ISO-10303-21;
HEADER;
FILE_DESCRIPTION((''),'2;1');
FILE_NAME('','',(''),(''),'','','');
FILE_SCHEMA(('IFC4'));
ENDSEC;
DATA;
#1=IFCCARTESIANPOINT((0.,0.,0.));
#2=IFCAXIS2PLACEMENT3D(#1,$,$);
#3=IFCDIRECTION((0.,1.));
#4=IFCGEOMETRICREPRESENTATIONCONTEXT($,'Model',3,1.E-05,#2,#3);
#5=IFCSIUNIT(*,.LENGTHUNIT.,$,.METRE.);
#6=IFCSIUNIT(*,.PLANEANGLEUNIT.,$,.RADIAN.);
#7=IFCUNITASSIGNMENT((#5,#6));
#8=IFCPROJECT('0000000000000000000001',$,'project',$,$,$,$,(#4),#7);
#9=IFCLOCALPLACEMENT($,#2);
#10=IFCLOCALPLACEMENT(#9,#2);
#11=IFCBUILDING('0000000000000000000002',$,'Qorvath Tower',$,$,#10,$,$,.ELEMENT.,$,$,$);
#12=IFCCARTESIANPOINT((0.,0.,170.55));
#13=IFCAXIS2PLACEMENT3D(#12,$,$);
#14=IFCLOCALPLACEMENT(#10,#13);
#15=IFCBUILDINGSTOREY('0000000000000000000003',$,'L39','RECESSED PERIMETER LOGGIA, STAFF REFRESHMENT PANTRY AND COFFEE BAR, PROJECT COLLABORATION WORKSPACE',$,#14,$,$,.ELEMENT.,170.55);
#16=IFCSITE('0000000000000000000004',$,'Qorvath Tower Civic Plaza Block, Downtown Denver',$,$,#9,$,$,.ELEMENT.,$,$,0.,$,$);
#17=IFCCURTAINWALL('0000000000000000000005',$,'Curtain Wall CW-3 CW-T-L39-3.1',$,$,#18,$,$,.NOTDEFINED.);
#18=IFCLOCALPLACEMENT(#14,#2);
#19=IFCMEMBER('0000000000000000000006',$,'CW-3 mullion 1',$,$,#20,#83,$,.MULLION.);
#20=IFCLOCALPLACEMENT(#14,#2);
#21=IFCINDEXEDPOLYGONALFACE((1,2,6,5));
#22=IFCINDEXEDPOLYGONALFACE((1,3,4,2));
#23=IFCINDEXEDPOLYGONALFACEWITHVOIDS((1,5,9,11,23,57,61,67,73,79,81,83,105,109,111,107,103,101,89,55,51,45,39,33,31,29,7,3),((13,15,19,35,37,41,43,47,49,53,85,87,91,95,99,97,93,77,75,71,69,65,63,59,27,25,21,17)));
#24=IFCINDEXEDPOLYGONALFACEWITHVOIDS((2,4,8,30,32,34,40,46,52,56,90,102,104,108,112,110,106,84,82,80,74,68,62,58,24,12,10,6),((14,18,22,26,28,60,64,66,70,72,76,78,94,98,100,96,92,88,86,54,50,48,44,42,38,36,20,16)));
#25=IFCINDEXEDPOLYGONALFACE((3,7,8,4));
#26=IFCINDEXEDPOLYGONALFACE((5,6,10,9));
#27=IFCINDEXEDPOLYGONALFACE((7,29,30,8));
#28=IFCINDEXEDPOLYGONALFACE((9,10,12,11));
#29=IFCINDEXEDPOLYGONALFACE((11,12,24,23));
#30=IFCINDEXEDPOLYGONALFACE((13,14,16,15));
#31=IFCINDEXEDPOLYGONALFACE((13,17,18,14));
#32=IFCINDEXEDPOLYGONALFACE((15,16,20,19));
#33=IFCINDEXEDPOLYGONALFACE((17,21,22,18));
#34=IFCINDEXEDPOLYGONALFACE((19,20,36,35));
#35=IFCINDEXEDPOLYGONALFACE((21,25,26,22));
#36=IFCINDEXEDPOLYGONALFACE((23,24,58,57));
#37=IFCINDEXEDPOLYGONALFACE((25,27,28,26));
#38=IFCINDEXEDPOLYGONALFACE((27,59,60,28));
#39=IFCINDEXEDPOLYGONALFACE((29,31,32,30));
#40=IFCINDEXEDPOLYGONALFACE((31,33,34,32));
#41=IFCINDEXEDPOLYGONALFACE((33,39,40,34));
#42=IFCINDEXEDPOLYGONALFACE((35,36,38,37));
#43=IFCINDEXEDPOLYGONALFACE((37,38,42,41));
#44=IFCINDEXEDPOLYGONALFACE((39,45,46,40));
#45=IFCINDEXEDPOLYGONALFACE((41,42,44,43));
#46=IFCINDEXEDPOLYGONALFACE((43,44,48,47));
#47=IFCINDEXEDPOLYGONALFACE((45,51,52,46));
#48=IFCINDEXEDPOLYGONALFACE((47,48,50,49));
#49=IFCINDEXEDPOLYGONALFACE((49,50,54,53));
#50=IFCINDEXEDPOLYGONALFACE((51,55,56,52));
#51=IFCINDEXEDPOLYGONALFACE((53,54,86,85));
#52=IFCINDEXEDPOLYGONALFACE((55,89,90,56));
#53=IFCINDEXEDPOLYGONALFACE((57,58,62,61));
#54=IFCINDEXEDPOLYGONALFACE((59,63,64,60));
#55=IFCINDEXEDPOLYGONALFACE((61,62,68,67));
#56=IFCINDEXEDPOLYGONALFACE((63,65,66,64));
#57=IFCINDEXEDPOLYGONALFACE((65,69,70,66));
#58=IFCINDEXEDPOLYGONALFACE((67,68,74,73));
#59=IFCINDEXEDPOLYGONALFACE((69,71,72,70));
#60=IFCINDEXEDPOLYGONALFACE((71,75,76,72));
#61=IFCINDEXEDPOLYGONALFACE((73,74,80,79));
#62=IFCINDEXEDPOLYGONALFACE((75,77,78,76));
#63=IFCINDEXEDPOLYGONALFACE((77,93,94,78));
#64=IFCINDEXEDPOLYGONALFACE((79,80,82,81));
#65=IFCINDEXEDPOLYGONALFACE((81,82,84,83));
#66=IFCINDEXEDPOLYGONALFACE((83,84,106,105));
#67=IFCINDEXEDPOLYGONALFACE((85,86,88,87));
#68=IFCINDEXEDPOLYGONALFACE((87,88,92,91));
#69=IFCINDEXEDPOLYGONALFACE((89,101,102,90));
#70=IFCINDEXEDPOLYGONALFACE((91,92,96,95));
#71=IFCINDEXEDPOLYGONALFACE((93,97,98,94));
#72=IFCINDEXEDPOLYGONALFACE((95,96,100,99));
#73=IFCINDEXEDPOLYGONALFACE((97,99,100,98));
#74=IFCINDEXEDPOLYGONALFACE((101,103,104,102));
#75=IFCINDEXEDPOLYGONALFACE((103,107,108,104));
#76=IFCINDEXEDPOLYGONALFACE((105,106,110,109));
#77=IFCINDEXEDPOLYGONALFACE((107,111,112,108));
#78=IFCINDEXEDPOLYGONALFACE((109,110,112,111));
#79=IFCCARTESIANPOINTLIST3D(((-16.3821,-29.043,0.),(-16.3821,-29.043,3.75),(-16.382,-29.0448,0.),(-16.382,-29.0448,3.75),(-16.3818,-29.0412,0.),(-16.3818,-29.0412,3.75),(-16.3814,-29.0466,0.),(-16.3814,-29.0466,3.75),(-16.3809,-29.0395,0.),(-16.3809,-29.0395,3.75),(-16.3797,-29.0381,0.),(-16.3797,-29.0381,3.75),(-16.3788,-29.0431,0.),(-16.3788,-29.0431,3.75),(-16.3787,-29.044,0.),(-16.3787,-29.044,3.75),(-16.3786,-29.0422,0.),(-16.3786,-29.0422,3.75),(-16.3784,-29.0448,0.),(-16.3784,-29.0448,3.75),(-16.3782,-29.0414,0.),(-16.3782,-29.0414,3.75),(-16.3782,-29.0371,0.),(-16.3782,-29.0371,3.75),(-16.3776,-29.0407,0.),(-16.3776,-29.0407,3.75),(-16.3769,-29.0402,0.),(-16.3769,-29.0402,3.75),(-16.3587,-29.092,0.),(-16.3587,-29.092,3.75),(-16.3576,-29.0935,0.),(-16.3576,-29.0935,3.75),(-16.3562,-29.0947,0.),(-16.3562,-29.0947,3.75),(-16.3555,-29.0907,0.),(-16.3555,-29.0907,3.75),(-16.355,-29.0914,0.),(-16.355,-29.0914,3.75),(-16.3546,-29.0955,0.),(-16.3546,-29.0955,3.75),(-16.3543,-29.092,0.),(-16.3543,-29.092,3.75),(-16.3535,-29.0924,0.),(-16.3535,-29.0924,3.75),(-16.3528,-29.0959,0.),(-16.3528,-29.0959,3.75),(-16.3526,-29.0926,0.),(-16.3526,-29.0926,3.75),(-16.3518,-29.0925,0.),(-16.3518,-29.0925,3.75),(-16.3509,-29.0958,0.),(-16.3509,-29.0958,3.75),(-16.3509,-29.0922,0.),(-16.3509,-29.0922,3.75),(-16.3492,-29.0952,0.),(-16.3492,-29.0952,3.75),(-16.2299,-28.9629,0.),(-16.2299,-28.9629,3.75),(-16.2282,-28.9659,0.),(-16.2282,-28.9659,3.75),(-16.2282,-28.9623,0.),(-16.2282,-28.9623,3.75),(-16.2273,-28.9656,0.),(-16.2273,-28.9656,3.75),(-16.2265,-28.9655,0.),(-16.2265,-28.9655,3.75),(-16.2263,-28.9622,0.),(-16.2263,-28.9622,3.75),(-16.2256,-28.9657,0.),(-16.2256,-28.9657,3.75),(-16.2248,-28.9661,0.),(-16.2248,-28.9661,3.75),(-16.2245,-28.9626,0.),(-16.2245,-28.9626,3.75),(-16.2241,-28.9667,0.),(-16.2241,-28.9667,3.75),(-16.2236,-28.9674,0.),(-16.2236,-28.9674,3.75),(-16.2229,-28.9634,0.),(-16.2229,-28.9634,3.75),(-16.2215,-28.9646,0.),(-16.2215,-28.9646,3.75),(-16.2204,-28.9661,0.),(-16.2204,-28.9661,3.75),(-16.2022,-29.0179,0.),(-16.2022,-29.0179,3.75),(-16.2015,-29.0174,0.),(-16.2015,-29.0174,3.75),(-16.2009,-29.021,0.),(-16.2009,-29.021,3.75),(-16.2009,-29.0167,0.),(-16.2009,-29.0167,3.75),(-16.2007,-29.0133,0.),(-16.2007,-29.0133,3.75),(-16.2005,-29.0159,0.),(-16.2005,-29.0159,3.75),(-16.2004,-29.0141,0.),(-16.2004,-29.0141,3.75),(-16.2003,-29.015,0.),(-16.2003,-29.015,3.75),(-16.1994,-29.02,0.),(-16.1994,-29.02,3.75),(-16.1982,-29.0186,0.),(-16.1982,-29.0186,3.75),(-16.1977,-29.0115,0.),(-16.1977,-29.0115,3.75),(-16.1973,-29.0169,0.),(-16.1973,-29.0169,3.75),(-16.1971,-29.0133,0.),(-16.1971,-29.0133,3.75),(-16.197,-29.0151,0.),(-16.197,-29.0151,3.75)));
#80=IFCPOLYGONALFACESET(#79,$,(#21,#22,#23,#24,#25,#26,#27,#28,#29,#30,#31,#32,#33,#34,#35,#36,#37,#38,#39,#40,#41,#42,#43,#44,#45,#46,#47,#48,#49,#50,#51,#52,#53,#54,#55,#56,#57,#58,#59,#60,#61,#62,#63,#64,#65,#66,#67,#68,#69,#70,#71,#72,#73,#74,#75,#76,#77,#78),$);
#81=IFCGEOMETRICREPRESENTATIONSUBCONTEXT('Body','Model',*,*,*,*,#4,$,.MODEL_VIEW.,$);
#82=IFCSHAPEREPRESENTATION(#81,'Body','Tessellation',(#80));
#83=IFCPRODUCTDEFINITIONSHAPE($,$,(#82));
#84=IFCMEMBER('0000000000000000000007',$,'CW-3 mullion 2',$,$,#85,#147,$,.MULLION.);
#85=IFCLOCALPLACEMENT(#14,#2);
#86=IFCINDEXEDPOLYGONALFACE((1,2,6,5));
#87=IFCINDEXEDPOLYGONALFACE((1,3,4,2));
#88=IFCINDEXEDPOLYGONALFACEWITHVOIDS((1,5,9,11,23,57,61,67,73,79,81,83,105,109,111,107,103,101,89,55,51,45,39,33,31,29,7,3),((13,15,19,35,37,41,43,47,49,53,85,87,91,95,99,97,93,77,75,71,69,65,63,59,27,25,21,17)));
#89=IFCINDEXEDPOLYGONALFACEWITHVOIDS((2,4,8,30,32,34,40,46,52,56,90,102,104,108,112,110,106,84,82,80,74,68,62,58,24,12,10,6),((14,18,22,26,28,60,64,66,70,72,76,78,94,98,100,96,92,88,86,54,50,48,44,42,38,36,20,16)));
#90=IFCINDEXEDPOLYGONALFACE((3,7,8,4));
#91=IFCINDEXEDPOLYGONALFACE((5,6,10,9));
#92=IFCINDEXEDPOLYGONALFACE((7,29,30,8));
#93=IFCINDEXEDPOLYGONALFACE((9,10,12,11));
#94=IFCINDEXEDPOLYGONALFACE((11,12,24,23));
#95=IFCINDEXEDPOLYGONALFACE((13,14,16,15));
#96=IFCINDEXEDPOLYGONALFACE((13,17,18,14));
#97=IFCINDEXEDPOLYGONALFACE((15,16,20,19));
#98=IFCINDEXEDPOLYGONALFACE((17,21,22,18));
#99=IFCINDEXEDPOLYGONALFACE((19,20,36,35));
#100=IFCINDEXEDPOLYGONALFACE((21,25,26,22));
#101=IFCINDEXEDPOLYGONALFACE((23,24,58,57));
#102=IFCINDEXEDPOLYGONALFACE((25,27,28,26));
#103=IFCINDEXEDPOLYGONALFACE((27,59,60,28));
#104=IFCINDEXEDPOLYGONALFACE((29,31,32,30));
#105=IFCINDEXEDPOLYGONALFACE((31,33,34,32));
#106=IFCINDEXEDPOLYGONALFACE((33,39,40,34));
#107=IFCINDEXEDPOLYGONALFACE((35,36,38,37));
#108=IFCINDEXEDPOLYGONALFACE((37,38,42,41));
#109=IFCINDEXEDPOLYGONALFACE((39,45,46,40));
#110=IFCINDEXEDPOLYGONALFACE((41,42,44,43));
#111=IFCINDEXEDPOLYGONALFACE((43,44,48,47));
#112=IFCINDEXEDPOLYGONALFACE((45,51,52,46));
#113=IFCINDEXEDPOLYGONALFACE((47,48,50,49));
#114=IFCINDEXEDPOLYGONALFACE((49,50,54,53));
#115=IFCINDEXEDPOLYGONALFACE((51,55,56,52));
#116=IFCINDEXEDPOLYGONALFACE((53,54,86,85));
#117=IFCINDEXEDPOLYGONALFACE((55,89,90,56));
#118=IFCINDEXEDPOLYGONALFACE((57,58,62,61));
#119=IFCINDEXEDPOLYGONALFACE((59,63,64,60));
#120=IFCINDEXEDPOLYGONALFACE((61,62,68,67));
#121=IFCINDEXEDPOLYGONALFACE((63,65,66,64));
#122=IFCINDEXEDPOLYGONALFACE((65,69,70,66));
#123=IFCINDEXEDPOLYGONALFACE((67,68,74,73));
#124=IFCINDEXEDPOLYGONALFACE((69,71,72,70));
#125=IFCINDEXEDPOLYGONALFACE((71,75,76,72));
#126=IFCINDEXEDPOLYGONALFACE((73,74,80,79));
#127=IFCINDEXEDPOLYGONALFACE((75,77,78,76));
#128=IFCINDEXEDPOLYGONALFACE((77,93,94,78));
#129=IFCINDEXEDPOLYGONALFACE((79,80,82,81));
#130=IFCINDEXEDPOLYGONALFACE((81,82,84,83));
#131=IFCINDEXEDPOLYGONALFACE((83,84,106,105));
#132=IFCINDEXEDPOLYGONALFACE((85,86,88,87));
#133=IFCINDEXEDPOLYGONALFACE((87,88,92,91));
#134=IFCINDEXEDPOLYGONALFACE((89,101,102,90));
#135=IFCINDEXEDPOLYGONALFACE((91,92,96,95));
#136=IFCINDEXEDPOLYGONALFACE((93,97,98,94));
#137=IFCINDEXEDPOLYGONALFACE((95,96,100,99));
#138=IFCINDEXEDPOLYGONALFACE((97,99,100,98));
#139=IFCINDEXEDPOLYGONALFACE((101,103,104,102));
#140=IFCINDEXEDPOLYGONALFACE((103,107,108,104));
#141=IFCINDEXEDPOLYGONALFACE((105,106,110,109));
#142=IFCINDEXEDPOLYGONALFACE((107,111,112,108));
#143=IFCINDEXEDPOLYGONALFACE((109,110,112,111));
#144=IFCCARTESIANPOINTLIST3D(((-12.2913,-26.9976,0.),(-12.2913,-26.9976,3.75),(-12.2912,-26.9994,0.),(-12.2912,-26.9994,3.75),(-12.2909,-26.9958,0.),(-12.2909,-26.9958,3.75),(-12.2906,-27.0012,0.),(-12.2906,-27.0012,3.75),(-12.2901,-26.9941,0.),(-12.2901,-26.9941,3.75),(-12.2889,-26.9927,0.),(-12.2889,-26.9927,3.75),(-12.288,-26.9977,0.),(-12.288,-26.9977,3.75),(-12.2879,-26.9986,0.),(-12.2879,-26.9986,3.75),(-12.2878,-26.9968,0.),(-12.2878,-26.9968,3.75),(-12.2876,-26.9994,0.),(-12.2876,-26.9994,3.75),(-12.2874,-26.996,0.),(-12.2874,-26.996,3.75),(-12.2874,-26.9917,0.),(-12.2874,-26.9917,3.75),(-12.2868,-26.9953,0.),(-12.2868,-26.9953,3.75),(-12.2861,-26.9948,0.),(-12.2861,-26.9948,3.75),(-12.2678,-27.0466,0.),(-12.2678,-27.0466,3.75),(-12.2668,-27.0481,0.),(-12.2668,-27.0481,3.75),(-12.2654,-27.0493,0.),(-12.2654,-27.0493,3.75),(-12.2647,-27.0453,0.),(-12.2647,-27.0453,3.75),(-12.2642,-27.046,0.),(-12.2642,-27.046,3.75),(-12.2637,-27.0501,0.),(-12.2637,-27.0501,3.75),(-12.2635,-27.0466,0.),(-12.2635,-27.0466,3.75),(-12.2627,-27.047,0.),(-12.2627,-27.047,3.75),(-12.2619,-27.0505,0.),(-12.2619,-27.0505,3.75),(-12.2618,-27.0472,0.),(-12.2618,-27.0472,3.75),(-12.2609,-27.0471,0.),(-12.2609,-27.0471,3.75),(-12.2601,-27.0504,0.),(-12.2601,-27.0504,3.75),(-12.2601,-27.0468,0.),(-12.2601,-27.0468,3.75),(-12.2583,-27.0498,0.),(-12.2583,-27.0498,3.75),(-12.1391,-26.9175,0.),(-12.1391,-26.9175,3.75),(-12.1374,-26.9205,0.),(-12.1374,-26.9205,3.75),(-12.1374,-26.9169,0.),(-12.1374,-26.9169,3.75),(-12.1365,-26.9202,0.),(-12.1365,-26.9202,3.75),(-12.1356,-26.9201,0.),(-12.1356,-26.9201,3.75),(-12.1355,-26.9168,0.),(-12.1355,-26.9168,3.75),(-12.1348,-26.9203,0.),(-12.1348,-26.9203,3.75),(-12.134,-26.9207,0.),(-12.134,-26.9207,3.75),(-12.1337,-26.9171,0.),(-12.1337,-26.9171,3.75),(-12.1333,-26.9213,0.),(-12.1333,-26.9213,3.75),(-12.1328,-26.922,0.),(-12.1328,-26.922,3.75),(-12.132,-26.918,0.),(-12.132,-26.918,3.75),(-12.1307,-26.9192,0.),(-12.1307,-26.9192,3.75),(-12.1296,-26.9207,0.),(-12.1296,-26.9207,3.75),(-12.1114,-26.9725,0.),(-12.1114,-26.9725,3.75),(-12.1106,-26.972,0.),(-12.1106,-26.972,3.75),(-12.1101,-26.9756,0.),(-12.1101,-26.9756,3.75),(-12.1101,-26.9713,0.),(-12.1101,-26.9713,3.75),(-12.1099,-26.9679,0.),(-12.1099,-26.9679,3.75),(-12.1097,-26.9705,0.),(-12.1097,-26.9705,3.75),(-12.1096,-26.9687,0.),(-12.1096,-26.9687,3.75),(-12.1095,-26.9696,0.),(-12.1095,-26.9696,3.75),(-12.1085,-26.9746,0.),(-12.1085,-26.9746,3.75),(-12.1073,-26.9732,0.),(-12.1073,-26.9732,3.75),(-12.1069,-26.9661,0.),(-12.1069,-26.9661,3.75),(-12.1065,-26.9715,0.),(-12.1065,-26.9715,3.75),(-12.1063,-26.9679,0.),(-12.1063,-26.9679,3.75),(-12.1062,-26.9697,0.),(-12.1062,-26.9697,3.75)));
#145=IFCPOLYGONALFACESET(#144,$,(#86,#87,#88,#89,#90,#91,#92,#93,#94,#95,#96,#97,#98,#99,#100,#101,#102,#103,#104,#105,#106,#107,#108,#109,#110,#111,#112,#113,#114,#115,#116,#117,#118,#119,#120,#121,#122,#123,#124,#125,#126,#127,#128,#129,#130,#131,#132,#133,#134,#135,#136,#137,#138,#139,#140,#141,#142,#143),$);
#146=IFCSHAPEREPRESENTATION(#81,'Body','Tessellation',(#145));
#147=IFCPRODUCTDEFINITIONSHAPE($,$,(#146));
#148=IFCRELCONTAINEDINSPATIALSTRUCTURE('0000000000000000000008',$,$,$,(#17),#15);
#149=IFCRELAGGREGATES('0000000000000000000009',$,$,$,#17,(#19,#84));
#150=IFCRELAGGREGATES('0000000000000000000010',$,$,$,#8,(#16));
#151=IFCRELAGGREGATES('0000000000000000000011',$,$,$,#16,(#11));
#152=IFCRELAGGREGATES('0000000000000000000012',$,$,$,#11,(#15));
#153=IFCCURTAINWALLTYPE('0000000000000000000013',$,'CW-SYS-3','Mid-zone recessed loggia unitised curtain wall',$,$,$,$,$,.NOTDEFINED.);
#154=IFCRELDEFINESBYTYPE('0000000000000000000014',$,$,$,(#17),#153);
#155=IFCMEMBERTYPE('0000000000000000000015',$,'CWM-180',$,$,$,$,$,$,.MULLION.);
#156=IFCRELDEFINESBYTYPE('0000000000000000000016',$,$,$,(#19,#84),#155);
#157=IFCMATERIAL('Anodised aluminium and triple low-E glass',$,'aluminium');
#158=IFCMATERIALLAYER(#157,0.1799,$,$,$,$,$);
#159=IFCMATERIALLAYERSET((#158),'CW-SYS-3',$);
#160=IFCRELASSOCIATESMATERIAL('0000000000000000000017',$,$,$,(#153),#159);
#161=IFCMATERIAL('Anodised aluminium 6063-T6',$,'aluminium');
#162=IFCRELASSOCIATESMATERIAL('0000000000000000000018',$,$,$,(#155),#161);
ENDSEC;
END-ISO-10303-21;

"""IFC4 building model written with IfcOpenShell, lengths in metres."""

from ifc_helpers import new_model, si_unit, direction, frame, origin, origin_2d, place, context, subcontext, project, spatial, hollow_rectangle, extrude, material, layer, layer_set, material_profile, profile_set, type_object, element, aggregate, save


model = new_model("IFC4")

# Units and contexts
model_context = context("Model", 3, precision=1e-05, world=origin(), true_north=direction((0.0, 1.0)))
body_context = subcontext(model_context, "Body", "Model", "MODEL_VIEW")
ifc_project = project(units=[si_unit("LENGTHUNIT", "METRE"), si_unit("PLANEANGLEUNIT", "RADIAN")], contexts=[model_context])

# Site, building, storey
site_placement = place(None, origin())
site = spatial("IfcSite", under=ifc_project, at=site_placement, Name="Qorvath Tower Civic Plaza Block, Downtown Denver", CompositionType="ELEMENT", RefElevation=0.0)
building_placement = place(site_placement, origin())
building = spatial("IfcBuilding", under=site, at=building_placement, Name="Qorvath Tower", CompositionType="ELEMENT")
storey_placement = place(building_placement, frame((0.0, 0.0, 170.55)))
storey = spatial("IfcBuildingStorey", under=building, at=storey_placement, Name="L39", Description="RECESSED PERIMETER LOGGIA, STAFF REFRESHMENT PANTRY AND COFFEE BAR, PROJECT COLLABORATION WORKSPACE", CompositionType="ELEMENT", Elevation=170.55)

# Shared definitions
ifc_material_1 = material(Name="Anodised aluminium and triple low-E glass", Category="aluminium")
ifc_layer_1 = layer(ifc_material_1, 0.1799)
ifc_layer_set_1 = layer_set([ifc_layer_1], Name="CW-SYS-3")
curtain_wall_type = type_object("IfcCurtainWallType", Name="CW-SYS-3", Description="Mid-zone recessed loggia unitised curtain wall", PredefinedType="NOTDEFINED", material=ifc_layer_set_1)
ifc_material_2 = material(Name="Anodised aluminium 6063-T6", Category="aluminium")
ifc_material_profile_1 = material_profile(ifc_material_2, hollow_rectangle(XDim=0.0649, YDim=0.1799, WallThickness=0.0034, InnerFilletRadius=0.0034, OuterFilletRadius=0.0071, at=origin_2d()), Name="CWM 180x65")
ifc_profile_set_1 = profile_set([ifc_material_profile_1], Name="Anodised aluminium 6063-T6")
member_type_1 = type_object("IfcMemberType", Name="CWM-180", PredefinedType="MULLION", material=ifc_profile_set_1)

# Curtain wall, members
curtain_wall_1_placement = place(storey_placement, origin())
curtain_wall_1 = element("IfcCurtainWall", 1, at=curtain_wall_1_placement, inside=storey, type_object=curtain_wall_type, Name="Curtain Wall CW-3 CW-T-L39-3.1", PredefinedType="NOTDEFINED")
member_1_placement = place(storey_placement, frame((-16.2896, -29.0291, 0.0), z_axis=(0.0, 0.0, 1.0), x_axis=(-0.447222, 0.894423, 0.0)))
member_1 = element("IfcMember", 2, at=member_1_placement, type_object=member_type_1, Name="CW-3 mullion 1", PredefinedType="MULLION", context=body_context, shape_type="SweptSolid", body=[
    extrude(hollow_rectangle(XDim=0.0649, YDim=0.1799, WallThickness=0.0034, InnerFilletRadius=0.0034, OuterFilletRadius=0.0071, at=origin_2d()), origin(), (0.0, 0.0, 1.0), 3.75),
])
member_2_placement = place(storey_placement, frame((-12.1987, -26.9836, 0.0), z_axis=(0.0, 0.0, 1.0), x_axis=(-0.447222, 0.894423, 0.0)))
member_2 = element("IfcMember", 3, at=member_2_placement, type_object=member_type_1, Name="CW-3 mullion 2", PredefinedType="MULLION", context=body_context, shape_type="SweptSolid", body=[
    extrude(hollow_rectangle(XDim=0.0649, YDim=0.1799, WallThickness=0.0034, InnerFilletRadius=0.0034, OuterFilletRadius=0.0071, at=origin_2d()), origin(), (0.0, 0.0, 1.0), 3.75),
])

aggregate(curtain_wall_1, [member_1, member_2])

save(model, "model.ifc")
